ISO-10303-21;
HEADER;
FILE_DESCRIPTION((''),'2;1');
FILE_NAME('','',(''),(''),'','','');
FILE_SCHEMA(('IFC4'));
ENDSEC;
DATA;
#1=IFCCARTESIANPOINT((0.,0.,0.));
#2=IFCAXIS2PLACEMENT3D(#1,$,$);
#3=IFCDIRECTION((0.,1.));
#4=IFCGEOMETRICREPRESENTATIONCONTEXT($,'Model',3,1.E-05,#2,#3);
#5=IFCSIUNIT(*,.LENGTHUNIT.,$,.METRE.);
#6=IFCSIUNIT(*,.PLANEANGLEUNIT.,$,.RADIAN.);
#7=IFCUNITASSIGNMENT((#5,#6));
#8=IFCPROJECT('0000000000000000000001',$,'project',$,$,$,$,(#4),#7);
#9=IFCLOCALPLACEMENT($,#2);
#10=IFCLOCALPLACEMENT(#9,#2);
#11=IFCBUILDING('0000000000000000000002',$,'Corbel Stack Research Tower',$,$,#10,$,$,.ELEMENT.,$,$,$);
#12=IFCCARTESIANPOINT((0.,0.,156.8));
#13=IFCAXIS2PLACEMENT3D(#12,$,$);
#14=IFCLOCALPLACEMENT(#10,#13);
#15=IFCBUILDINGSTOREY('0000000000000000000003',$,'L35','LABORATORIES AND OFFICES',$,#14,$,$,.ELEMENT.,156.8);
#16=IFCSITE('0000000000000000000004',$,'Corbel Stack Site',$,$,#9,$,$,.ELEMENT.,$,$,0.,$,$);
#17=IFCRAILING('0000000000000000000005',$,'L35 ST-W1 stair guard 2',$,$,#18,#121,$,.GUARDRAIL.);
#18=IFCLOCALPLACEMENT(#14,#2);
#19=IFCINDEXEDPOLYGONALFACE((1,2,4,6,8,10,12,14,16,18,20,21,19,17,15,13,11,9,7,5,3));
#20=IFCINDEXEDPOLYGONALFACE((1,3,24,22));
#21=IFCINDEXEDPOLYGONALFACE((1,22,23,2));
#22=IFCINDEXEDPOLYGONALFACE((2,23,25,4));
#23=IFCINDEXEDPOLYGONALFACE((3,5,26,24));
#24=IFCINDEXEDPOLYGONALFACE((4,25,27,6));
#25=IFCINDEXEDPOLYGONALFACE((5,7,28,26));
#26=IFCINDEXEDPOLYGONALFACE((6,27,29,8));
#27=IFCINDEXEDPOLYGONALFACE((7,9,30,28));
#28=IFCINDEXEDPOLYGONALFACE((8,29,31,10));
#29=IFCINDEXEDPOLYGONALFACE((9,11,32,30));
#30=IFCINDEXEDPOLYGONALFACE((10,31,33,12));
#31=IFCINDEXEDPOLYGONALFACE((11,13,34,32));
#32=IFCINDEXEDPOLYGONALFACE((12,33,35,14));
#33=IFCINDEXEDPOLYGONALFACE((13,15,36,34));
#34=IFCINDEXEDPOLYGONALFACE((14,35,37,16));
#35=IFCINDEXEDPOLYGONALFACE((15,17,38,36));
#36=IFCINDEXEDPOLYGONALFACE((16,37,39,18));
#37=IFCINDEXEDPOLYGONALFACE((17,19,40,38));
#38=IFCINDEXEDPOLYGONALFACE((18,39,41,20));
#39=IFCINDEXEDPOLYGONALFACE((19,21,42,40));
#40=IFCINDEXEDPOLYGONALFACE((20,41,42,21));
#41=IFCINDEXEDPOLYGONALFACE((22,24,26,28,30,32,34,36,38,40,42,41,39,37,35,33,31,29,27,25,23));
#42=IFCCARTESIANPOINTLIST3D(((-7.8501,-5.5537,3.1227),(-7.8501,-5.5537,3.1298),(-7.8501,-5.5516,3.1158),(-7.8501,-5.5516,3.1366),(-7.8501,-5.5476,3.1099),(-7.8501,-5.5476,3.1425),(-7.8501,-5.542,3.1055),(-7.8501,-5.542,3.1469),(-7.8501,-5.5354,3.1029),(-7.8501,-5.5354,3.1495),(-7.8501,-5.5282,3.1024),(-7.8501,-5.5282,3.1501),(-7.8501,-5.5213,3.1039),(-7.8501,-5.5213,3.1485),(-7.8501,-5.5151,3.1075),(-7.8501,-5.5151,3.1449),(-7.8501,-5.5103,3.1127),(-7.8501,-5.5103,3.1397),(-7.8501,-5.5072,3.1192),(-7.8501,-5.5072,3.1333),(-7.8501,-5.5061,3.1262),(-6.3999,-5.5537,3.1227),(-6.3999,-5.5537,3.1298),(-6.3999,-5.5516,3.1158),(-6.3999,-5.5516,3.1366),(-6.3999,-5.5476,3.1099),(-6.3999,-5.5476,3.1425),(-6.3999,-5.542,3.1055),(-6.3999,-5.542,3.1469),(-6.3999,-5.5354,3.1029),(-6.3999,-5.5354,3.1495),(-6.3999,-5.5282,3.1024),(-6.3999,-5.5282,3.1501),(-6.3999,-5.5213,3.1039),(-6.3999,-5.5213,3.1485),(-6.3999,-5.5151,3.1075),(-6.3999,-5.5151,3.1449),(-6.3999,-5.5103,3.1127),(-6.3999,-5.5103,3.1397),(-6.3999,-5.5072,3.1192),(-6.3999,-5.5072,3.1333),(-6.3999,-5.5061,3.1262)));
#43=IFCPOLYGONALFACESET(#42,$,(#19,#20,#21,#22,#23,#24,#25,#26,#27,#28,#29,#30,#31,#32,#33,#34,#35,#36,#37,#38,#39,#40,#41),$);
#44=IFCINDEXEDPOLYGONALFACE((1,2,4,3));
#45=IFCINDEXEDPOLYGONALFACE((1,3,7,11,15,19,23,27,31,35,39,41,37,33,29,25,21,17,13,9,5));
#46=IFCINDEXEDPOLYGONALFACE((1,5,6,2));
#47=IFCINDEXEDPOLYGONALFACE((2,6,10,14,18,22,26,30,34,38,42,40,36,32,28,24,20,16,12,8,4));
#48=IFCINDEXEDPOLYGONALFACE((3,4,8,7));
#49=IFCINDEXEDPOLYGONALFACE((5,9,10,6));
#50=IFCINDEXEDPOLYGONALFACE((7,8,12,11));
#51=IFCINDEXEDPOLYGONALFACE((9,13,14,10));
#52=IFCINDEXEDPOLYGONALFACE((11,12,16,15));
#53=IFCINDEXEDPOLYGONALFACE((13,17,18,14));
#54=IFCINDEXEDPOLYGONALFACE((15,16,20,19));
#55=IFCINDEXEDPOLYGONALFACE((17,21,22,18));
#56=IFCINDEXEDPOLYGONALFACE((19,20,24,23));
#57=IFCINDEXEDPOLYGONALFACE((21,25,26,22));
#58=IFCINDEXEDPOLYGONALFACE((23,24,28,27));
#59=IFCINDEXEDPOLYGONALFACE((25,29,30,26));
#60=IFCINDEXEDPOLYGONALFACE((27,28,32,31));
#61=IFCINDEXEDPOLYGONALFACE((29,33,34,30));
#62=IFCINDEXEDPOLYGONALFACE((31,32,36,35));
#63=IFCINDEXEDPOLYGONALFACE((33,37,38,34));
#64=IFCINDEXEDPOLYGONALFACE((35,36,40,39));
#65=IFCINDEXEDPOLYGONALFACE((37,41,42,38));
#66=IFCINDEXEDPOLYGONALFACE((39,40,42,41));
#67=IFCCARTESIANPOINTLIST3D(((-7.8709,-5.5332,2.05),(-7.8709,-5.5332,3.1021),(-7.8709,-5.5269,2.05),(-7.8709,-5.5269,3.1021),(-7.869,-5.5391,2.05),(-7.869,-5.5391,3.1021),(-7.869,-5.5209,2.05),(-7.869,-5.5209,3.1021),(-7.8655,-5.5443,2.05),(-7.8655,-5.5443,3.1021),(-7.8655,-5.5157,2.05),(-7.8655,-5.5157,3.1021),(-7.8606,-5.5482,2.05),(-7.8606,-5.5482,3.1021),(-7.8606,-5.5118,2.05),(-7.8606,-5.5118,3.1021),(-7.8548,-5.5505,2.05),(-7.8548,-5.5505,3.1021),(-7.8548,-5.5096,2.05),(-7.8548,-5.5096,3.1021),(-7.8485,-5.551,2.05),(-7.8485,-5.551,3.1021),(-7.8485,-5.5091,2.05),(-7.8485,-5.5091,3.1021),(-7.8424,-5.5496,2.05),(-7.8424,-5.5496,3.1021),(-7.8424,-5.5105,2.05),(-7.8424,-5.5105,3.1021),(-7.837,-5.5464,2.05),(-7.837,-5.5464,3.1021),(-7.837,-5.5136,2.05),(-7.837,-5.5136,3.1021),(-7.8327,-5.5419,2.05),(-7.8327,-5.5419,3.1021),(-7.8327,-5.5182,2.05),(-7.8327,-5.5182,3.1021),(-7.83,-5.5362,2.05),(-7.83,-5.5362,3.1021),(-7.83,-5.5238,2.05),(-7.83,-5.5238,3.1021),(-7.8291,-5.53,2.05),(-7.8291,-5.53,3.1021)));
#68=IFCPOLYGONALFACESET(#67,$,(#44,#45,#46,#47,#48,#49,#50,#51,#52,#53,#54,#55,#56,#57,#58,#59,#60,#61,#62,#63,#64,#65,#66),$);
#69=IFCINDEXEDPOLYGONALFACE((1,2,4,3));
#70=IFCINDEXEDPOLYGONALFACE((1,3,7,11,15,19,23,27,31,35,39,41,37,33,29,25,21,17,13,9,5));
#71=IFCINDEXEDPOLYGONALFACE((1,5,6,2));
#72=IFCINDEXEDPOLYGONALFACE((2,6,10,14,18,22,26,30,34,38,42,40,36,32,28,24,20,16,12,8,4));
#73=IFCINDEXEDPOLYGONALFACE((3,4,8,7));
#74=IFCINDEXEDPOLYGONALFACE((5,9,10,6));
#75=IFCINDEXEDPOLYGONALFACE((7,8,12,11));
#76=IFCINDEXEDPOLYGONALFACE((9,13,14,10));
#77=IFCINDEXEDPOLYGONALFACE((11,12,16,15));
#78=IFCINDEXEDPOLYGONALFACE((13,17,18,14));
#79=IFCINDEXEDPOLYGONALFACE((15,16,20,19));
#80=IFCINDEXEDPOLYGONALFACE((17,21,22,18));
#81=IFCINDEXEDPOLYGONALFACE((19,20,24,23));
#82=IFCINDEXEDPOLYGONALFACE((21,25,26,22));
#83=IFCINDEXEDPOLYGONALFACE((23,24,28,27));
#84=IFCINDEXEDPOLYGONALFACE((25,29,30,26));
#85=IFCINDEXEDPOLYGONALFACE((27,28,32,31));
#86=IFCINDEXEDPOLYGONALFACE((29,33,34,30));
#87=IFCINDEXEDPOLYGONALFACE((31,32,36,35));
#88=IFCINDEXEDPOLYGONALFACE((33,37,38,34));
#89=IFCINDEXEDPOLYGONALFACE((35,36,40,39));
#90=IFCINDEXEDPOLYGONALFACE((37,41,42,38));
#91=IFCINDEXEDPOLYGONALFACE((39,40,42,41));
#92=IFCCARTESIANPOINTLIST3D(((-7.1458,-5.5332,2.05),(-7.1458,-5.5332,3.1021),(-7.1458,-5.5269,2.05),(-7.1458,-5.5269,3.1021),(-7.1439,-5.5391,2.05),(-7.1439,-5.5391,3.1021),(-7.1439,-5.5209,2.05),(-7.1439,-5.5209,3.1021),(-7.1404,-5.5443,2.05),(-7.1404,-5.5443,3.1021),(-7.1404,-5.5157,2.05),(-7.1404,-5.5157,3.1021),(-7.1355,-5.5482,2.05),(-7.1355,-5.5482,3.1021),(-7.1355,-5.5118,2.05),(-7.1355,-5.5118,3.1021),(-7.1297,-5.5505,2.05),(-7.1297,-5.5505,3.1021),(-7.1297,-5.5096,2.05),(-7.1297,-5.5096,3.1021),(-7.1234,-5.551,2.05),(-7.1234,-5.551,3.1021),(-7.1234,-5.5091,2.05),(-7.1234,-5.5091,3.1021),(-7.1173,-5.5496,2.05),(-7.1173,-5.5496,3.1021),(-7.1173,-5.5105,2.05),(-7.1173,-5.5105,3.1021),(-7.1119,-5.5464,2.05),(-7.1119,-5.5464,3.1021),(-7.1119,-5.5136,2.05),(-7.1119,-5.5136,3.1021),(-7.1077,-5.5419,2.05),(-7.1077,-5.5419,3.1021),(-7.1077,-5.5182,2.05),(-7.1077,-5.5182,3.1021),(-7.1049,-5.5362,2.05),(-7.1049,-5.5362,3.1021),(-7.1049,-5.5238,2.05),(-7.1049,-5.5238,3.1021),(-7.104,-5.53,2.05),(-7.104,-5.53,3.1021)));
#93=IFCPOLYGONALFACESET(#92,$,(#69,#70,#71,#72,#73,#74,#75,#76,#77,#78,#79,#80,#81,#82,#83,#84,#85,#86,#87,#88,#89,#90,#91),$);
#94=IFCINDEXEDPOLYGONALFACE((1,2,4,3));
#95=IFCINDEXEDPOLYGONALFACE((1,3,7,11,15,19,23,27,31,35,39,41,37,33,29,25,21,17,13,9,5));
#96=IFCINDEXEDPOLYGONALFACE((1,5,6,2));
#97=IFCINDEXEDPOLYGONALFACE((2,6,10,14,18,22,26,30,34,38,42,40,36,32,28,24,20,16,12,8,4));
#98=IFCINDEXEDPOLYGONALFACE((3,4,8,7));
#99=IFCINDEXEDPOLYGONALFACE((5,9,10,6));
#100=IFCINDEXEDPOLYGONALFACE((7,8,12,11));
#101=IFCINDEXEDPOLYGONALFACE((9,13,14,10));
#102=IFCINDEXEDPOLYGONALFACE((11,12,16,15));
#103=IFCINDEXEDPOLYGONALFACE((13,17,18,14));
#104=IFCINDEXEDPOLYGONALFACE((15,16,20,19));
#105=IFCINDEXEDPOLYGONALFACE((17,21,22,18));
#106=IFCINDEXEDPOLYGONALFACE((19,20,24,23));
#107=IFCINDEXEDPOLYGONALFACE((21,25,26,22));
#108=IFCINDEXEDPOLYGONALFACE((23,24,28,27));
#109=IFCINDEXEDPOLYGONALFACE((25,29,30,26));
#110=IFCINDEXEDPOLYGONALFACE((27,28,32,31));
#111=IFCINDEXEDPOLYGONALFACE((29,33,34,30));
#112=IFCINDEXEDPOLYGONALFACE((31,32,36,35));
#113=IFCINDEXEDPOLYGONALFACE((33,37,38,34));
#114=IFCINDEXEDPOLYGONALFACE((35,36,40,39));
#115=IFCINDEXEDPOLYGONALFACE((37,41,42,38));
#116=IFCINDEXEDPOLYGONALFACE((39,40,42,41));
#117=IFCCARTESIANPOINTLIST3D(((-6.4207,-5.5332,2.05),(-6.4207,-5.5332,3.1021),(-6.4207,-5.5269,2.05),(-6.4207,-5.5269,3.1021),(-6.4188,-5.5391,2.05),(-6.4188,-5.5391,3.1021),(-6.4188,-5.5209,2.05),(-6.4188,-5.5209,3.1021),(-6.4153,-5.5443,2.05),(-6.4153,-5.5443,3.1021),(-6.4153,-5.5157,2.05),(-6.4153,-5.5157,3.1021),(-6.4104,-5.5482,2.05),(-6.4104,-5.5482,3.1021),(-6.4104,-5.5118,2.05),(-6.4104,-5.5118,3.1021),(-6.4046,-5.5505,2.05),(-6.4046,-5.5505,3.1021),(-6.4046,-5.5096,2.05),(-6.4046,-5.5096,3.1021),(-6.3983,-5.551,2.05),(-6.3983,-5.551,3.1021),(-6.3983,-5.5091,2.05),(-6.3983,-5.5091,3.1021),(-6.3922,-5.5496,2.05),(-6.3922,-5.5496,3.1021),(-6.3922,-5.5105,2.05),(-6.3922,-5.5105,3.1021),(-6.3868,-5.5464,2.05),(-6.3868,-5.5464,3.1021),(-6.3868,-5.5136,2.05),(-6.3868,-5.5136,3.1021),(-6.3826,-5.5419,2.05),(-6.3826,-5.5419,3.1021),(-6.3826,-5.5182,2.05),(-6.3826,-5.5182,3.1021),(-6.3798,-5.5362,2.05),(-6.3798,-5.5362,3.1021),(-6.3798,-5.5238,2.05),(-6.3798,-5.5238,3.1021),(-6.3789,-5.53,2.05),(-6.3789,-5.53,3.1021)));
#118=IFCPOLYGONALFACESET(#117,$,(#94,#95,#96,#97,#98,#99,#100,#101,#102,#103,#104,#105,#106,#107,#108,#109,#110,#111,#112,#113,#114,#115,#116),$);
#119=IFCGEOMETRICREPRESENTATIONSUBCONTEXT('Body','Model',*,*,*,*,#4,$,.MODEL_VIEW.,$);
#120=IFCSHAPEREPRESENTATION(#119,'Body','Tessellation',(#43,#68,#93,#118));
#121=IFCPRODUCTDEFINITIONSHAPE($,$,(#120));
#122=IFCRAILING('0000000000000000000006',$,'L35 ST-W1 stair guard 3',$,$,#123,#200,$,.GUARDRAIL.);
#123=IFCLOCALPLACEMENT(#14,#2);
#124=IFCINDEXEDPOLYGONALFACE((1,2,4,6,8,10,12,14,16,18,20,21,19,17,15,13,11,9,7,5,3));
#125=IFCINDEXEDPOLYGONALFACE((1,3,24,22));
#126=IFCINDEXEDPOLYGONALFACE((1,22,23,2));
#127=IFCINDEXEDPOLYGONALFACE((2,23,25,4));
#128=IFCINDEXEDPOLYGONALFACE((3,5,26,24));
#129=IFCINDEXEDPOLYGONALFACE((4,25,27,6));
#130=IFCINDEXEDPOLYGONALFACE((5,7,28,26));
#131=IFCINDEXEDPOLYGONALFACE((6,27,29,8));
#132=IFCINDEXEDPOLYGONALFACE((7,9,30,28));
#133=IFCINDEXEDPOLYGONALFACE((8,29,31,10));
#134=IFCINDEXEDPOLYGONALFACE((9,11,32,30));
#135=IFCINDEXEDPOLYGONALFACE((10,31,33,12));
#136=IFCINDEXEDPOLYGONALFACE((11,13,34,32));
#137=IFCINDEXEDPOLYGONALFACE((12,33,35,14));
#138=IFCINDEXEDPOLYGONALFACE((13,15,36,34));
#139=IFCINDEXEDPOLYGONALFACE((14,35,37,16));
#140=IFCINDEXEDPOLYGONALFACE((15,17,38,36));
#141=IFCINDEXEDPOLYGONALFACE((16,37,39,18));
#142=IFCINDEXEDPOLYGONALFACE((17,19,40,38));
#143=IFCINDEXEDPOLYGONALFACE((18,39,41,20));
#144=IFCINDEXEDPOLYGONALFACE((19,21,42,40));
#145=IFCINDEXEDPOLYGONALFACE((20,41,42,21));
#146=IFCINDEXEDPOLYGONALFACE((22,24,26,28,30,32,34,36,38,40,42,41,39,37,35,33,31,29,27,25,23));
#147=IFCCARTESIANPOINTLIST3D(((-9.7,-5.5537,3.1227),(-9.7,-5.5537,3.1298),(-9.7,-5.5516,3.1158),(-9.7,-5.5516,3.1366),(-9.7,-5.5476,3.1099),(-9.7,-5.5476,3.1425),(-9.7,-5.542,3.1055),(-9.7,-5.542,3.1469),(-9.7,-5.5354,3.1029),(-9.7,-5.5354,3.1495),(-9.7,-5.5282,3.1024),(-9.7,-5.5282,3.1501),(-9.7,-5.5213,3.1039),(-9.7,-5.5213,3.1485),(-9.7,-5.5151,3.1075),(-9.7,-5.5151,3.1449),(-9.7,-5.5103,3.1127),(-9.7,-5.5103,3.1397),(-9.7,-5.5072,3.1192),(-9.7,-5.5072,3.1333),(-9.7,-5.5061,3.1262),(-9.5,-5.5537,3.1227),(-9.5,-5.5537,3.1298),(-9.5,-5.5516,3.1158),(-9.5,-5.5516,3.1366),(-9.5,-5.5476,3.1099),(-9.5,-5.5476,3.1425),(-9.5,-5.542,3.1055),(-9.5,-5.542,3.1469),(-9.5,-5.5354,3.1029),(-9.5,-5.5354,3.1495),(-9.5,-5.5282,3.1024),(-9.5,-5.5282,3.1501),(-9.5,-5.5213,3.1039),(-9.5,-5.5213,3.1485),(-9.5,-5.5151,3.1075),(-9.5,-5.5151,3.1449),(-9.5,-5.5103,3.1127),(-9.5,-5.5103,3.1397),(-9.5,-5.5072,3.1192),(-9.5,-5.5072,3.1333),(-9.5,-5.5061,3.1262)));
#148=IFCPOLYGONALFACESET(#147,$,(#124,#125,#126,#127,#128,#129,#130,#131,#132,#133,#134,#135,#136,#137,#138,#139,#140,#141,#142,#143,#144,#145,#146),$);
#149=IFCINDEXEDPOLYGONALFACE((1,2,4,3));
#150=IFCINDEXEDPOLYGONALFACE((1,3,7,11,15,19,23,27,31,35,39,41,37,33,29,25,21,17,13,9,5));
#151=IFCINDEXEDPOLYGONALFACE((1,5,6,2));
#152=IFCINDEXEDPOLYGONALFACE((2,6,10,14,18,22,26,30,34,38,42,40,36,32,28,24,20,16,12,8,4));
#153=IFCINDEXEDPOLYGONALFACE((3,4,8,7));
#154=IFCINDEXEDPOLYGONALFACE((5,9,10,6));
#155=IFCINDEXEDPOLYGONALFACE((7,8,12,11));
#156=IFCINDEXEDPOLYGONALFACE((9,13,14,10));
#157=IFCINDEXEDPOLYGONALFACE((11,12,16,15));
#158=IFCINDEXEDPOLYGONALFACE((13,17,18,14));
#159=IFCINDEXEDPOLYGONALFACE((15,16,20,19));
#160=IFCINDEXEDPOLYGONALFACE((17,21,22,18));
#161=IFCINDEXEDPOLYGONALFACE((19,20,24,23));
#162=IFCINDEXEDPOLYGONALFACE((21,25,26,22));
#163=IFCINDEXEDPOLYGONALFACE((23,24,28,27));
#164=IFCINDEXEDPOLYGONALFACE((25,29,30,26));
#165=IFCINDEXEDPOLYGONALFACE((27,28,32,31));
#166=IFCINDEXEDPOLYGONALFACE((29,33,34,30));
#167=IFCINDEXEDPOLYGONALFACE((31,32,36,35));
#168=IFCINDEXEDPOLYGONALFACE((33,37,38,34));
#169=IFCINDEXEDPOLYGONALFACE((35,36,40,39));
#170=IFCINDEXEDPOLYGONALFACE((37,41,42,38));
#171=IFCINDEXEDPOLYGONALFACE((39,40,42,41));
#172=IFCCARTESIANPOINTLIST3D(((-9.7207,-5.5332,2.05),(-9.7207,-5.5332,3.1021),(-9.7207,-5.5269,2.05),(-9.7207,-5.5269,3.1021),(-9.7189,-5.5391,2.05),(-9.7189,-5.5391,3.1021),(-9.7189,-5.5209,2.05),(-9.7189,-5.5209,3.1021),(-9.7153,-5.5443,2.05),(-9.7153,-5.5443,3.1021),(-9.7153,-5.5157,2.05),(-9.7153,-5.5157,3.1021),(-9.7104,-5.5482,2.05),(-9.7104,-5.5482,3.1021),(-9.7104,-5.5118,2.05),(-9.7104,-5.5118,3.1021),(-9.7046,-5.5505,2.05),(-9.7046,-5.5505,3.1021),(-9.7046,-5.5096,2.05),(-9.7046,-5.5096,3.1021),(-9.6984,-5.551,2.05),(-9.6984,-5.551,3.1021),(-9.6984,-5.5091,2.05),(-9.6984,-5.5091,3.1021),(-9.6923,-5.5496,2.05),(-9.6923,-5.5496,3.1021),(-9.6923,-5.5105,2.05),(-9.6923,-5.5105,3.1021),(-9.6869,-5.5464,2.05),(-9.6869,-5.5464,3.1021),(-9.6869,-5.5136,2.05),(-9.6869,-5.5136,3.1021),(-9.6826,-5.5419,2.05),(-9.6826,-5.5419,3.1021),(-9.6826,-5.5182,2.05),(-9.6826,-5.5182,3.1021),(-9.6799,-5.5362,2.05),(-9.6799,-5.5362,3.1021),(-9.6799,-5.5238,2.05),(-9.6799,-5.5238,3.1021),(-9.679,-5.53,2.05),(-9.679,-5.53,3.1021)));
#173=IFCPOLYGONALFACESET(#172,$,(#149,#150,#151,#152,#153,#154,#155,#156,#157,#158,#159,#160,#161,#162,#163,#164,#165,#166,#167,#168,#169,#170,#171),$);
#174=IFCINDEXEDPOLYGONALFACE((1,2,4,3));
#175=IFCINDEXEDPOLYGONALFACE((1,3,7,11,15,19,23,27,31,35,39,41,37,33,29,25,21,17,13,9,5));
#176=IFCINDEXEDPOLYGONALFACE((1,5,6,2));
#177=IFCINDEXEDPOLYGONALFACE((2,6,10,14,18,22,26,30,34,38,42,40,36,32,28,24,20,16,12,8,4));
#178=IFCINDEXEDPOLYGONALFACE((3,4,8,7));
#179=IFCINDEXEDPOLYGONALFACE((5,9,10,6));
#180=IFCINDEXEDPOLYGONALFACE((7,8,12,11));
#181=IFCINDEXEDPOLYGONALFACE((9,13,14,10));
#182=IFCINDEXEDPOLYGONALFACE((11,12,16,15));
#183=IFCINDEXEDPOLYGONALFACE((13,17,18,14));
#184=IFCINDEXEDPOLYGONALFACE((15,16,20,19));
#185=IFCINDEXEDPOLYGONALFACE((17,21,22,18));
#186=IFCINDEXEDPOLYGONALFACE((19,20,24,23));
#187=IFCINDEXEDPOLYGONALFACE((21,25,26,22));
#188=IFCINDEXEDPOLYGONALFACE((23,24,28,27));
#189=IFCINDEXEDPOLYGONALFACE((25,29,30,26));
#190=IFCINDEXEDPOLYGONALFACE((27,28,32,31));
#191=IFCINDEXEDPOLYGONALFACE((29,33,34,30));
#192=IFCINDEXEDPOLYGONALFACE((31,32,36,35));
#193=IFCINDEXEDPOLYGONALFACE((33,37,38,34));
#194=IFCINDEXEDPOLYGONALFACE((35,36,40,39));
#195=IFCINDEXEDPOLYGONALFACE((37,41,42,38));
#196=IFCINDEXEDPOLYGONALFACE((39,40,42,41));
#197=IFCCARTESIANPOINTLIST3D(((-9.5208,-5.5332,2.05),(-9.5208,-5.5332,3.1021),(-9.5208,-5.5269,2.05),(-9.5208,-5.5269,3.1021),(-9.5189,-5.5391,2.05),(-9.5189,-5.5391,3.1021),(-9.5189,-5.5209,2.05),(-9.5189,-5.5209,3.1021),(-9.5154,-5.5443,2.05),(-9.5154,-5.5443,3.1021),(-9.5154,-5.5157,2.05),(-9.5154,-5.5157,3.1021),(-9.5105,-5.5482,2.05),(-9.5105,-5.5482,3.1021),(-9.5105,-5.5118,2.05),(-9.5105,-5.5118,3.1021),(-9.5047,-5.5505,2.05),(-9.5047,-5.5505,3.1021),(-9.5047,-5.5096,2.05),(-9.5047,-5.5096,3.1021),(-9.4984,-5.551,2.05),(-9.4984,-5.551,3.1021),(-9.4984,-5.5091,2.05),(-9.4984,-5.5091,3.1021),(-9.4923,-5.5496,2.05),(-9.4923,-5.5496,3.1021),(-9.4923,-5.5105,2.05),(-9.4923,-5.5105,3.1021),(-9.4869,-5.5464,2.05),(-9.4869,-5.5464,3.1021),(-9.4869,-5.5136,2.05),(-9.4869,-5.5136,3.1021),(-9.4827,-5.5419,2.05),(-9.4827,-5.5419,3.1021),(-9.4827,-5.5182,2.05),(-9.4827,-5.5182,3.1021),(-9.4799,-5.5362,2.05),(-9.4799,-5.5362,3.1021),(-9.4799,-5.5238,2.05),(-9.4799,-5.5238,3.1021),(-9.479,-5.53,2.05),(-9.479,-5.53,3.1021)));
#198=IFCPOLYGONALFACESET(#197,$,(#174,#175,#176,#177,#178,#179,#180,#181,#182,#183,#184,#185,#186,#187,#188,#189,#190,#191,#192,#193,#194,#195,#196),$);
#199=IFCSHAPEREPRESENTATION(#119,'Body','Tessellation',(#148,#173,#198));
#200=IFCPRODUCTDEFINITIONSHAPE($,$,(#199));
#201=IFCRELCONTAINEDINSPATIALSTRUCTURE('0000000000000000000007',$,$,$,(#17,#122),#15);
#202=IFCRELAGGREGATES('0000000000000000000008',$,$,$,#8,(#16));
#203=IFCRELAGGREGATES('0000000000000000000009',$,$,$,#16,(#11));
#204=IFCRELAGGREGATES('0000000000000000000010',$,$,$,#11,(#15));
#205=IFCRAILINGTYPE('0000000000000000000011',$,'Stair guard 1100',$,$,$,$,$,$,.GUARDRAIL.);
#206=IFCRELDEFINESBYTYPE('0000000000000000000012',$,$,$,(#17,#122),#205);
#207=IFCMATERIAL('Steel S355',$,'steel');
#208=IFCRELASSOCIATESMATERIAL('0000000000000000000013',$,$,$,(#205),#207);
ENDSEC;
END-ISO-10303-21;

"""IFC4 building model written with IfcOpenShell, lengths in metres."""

from ifc_helpers import new_model, si_unit, direction, frame, origin, origin_2d, place, context, subcontext, project, spatial, circle, extrude, material, type_object, element, save


model = new_model("IFC4")

# Units and contexts
model_context = context("Model", 3, precision=1e-05, world=origin(), true_north=direction((0.0, 1.0)))
body_context = subcontext(model_context, "Body", "Model", "MODEL_VIEW")
ifc_project = project(units=[si_unit("LENGTHUNIT", "METRE"), si_unit("PLANEANGLEUNIT", "RADIAN")], contexts=[model_context])

# Site, building, storey
site_placement = place(None, origin())
site = spatial("IfcSite", under=ifc_project, at=site_placement, Name="Corbel Stack Site", CompositionType="ELEMENT", RefElevation=0.0)
building_placement = place(site_placement, origin())
building = spatial("IfcBuilding", under=site, at=building_placement, Name="Corbel Stack Research Tower", CompositionType="ELEMENT")
storey_placement = place(building_placement, frame((0.0, 0.0, 156.8)))
storey = spatial("IfcBuildingStorey", under=building, at=storey_placement, Name="L35", Description="LABORATORIES AND OFFICES", CompositionType="ELEMENT", Elevation=156.8)

# Railings
ifc_material_1 = material(Name="Steel S355", Category="steel")
railing_type_1 = type_object("IfcRailingType", Name="Stair guard 1100", PredefinedType="GUARDRAIL", material=ifc_material_1)
railing_1_placement = place(storey_placement, frame((-7.8501, -5.53, 2.05)))
element("IfcRailing", 1, at=railing_1_placement, inside=storey, type_object=railing_type_1, Name="L35 ST-W1 stair guard 2", PredefinedType="GUARDRAIL", context=body_context, shape_type="SweptSolid", body=[
    extrude(circle(Radius=0.0239, at=origin_2d()), frame((0.0, 0.0, 1.0762), z_axis=(1.0, 0.0, 0.0), x_axis=(0.0, 1.0, 0.0)), (0.0, 0.0, 1.0), 1.4502),
    extrude(circle(Radius=0.021, at=origin_2d()), origin(), (0.0, 0.0, 1.0), 1.052),
    extrude(circle(Radius=0.021, at=origin_2d()), frame((0.7251, 0.0, 0.0)), (0.0, 0.0, 1.0), 1.052),
    extrude(circle(Radius=0.021, at=origin_2d()), frame((1.4502, 0.0, 0.0)), (0.0, 0.0, 1.0), 1.052),
])
railing_2_placement = place(storey_placement, frame((-9.7, -5.53, 2.05)))
element("IfcRailing", 2, at=railing_2_placement, inside=storey, type_object=railing_type_1, Name="L35 ST-W1 stair guard 3", PredefinedType="GUARDRAIL", context=body_context, shape_type="SweptSolid", body=[
    extrude(circle(Radius=0.0239, at=origin_2d()), frame((0.0, 0.0, 1.0762), z_axis=(1.0, 0.0, 0.0), x_axis=(0.0, 1.0, 0.0)), (0.0, 0.0, 1.0), 0.2),
    extrude(circle(Radius=0.021, at=origin_2d()), origin(), (0.0, 0.0, 1.0), 1.052),
    extrude(circle(Radius=0.021, at=origin_2d()), frame((0.2, 0.0, 0.0)), (0.0, 0.0, 1.0), 1.052),
])

save(model, "model.ifc")
